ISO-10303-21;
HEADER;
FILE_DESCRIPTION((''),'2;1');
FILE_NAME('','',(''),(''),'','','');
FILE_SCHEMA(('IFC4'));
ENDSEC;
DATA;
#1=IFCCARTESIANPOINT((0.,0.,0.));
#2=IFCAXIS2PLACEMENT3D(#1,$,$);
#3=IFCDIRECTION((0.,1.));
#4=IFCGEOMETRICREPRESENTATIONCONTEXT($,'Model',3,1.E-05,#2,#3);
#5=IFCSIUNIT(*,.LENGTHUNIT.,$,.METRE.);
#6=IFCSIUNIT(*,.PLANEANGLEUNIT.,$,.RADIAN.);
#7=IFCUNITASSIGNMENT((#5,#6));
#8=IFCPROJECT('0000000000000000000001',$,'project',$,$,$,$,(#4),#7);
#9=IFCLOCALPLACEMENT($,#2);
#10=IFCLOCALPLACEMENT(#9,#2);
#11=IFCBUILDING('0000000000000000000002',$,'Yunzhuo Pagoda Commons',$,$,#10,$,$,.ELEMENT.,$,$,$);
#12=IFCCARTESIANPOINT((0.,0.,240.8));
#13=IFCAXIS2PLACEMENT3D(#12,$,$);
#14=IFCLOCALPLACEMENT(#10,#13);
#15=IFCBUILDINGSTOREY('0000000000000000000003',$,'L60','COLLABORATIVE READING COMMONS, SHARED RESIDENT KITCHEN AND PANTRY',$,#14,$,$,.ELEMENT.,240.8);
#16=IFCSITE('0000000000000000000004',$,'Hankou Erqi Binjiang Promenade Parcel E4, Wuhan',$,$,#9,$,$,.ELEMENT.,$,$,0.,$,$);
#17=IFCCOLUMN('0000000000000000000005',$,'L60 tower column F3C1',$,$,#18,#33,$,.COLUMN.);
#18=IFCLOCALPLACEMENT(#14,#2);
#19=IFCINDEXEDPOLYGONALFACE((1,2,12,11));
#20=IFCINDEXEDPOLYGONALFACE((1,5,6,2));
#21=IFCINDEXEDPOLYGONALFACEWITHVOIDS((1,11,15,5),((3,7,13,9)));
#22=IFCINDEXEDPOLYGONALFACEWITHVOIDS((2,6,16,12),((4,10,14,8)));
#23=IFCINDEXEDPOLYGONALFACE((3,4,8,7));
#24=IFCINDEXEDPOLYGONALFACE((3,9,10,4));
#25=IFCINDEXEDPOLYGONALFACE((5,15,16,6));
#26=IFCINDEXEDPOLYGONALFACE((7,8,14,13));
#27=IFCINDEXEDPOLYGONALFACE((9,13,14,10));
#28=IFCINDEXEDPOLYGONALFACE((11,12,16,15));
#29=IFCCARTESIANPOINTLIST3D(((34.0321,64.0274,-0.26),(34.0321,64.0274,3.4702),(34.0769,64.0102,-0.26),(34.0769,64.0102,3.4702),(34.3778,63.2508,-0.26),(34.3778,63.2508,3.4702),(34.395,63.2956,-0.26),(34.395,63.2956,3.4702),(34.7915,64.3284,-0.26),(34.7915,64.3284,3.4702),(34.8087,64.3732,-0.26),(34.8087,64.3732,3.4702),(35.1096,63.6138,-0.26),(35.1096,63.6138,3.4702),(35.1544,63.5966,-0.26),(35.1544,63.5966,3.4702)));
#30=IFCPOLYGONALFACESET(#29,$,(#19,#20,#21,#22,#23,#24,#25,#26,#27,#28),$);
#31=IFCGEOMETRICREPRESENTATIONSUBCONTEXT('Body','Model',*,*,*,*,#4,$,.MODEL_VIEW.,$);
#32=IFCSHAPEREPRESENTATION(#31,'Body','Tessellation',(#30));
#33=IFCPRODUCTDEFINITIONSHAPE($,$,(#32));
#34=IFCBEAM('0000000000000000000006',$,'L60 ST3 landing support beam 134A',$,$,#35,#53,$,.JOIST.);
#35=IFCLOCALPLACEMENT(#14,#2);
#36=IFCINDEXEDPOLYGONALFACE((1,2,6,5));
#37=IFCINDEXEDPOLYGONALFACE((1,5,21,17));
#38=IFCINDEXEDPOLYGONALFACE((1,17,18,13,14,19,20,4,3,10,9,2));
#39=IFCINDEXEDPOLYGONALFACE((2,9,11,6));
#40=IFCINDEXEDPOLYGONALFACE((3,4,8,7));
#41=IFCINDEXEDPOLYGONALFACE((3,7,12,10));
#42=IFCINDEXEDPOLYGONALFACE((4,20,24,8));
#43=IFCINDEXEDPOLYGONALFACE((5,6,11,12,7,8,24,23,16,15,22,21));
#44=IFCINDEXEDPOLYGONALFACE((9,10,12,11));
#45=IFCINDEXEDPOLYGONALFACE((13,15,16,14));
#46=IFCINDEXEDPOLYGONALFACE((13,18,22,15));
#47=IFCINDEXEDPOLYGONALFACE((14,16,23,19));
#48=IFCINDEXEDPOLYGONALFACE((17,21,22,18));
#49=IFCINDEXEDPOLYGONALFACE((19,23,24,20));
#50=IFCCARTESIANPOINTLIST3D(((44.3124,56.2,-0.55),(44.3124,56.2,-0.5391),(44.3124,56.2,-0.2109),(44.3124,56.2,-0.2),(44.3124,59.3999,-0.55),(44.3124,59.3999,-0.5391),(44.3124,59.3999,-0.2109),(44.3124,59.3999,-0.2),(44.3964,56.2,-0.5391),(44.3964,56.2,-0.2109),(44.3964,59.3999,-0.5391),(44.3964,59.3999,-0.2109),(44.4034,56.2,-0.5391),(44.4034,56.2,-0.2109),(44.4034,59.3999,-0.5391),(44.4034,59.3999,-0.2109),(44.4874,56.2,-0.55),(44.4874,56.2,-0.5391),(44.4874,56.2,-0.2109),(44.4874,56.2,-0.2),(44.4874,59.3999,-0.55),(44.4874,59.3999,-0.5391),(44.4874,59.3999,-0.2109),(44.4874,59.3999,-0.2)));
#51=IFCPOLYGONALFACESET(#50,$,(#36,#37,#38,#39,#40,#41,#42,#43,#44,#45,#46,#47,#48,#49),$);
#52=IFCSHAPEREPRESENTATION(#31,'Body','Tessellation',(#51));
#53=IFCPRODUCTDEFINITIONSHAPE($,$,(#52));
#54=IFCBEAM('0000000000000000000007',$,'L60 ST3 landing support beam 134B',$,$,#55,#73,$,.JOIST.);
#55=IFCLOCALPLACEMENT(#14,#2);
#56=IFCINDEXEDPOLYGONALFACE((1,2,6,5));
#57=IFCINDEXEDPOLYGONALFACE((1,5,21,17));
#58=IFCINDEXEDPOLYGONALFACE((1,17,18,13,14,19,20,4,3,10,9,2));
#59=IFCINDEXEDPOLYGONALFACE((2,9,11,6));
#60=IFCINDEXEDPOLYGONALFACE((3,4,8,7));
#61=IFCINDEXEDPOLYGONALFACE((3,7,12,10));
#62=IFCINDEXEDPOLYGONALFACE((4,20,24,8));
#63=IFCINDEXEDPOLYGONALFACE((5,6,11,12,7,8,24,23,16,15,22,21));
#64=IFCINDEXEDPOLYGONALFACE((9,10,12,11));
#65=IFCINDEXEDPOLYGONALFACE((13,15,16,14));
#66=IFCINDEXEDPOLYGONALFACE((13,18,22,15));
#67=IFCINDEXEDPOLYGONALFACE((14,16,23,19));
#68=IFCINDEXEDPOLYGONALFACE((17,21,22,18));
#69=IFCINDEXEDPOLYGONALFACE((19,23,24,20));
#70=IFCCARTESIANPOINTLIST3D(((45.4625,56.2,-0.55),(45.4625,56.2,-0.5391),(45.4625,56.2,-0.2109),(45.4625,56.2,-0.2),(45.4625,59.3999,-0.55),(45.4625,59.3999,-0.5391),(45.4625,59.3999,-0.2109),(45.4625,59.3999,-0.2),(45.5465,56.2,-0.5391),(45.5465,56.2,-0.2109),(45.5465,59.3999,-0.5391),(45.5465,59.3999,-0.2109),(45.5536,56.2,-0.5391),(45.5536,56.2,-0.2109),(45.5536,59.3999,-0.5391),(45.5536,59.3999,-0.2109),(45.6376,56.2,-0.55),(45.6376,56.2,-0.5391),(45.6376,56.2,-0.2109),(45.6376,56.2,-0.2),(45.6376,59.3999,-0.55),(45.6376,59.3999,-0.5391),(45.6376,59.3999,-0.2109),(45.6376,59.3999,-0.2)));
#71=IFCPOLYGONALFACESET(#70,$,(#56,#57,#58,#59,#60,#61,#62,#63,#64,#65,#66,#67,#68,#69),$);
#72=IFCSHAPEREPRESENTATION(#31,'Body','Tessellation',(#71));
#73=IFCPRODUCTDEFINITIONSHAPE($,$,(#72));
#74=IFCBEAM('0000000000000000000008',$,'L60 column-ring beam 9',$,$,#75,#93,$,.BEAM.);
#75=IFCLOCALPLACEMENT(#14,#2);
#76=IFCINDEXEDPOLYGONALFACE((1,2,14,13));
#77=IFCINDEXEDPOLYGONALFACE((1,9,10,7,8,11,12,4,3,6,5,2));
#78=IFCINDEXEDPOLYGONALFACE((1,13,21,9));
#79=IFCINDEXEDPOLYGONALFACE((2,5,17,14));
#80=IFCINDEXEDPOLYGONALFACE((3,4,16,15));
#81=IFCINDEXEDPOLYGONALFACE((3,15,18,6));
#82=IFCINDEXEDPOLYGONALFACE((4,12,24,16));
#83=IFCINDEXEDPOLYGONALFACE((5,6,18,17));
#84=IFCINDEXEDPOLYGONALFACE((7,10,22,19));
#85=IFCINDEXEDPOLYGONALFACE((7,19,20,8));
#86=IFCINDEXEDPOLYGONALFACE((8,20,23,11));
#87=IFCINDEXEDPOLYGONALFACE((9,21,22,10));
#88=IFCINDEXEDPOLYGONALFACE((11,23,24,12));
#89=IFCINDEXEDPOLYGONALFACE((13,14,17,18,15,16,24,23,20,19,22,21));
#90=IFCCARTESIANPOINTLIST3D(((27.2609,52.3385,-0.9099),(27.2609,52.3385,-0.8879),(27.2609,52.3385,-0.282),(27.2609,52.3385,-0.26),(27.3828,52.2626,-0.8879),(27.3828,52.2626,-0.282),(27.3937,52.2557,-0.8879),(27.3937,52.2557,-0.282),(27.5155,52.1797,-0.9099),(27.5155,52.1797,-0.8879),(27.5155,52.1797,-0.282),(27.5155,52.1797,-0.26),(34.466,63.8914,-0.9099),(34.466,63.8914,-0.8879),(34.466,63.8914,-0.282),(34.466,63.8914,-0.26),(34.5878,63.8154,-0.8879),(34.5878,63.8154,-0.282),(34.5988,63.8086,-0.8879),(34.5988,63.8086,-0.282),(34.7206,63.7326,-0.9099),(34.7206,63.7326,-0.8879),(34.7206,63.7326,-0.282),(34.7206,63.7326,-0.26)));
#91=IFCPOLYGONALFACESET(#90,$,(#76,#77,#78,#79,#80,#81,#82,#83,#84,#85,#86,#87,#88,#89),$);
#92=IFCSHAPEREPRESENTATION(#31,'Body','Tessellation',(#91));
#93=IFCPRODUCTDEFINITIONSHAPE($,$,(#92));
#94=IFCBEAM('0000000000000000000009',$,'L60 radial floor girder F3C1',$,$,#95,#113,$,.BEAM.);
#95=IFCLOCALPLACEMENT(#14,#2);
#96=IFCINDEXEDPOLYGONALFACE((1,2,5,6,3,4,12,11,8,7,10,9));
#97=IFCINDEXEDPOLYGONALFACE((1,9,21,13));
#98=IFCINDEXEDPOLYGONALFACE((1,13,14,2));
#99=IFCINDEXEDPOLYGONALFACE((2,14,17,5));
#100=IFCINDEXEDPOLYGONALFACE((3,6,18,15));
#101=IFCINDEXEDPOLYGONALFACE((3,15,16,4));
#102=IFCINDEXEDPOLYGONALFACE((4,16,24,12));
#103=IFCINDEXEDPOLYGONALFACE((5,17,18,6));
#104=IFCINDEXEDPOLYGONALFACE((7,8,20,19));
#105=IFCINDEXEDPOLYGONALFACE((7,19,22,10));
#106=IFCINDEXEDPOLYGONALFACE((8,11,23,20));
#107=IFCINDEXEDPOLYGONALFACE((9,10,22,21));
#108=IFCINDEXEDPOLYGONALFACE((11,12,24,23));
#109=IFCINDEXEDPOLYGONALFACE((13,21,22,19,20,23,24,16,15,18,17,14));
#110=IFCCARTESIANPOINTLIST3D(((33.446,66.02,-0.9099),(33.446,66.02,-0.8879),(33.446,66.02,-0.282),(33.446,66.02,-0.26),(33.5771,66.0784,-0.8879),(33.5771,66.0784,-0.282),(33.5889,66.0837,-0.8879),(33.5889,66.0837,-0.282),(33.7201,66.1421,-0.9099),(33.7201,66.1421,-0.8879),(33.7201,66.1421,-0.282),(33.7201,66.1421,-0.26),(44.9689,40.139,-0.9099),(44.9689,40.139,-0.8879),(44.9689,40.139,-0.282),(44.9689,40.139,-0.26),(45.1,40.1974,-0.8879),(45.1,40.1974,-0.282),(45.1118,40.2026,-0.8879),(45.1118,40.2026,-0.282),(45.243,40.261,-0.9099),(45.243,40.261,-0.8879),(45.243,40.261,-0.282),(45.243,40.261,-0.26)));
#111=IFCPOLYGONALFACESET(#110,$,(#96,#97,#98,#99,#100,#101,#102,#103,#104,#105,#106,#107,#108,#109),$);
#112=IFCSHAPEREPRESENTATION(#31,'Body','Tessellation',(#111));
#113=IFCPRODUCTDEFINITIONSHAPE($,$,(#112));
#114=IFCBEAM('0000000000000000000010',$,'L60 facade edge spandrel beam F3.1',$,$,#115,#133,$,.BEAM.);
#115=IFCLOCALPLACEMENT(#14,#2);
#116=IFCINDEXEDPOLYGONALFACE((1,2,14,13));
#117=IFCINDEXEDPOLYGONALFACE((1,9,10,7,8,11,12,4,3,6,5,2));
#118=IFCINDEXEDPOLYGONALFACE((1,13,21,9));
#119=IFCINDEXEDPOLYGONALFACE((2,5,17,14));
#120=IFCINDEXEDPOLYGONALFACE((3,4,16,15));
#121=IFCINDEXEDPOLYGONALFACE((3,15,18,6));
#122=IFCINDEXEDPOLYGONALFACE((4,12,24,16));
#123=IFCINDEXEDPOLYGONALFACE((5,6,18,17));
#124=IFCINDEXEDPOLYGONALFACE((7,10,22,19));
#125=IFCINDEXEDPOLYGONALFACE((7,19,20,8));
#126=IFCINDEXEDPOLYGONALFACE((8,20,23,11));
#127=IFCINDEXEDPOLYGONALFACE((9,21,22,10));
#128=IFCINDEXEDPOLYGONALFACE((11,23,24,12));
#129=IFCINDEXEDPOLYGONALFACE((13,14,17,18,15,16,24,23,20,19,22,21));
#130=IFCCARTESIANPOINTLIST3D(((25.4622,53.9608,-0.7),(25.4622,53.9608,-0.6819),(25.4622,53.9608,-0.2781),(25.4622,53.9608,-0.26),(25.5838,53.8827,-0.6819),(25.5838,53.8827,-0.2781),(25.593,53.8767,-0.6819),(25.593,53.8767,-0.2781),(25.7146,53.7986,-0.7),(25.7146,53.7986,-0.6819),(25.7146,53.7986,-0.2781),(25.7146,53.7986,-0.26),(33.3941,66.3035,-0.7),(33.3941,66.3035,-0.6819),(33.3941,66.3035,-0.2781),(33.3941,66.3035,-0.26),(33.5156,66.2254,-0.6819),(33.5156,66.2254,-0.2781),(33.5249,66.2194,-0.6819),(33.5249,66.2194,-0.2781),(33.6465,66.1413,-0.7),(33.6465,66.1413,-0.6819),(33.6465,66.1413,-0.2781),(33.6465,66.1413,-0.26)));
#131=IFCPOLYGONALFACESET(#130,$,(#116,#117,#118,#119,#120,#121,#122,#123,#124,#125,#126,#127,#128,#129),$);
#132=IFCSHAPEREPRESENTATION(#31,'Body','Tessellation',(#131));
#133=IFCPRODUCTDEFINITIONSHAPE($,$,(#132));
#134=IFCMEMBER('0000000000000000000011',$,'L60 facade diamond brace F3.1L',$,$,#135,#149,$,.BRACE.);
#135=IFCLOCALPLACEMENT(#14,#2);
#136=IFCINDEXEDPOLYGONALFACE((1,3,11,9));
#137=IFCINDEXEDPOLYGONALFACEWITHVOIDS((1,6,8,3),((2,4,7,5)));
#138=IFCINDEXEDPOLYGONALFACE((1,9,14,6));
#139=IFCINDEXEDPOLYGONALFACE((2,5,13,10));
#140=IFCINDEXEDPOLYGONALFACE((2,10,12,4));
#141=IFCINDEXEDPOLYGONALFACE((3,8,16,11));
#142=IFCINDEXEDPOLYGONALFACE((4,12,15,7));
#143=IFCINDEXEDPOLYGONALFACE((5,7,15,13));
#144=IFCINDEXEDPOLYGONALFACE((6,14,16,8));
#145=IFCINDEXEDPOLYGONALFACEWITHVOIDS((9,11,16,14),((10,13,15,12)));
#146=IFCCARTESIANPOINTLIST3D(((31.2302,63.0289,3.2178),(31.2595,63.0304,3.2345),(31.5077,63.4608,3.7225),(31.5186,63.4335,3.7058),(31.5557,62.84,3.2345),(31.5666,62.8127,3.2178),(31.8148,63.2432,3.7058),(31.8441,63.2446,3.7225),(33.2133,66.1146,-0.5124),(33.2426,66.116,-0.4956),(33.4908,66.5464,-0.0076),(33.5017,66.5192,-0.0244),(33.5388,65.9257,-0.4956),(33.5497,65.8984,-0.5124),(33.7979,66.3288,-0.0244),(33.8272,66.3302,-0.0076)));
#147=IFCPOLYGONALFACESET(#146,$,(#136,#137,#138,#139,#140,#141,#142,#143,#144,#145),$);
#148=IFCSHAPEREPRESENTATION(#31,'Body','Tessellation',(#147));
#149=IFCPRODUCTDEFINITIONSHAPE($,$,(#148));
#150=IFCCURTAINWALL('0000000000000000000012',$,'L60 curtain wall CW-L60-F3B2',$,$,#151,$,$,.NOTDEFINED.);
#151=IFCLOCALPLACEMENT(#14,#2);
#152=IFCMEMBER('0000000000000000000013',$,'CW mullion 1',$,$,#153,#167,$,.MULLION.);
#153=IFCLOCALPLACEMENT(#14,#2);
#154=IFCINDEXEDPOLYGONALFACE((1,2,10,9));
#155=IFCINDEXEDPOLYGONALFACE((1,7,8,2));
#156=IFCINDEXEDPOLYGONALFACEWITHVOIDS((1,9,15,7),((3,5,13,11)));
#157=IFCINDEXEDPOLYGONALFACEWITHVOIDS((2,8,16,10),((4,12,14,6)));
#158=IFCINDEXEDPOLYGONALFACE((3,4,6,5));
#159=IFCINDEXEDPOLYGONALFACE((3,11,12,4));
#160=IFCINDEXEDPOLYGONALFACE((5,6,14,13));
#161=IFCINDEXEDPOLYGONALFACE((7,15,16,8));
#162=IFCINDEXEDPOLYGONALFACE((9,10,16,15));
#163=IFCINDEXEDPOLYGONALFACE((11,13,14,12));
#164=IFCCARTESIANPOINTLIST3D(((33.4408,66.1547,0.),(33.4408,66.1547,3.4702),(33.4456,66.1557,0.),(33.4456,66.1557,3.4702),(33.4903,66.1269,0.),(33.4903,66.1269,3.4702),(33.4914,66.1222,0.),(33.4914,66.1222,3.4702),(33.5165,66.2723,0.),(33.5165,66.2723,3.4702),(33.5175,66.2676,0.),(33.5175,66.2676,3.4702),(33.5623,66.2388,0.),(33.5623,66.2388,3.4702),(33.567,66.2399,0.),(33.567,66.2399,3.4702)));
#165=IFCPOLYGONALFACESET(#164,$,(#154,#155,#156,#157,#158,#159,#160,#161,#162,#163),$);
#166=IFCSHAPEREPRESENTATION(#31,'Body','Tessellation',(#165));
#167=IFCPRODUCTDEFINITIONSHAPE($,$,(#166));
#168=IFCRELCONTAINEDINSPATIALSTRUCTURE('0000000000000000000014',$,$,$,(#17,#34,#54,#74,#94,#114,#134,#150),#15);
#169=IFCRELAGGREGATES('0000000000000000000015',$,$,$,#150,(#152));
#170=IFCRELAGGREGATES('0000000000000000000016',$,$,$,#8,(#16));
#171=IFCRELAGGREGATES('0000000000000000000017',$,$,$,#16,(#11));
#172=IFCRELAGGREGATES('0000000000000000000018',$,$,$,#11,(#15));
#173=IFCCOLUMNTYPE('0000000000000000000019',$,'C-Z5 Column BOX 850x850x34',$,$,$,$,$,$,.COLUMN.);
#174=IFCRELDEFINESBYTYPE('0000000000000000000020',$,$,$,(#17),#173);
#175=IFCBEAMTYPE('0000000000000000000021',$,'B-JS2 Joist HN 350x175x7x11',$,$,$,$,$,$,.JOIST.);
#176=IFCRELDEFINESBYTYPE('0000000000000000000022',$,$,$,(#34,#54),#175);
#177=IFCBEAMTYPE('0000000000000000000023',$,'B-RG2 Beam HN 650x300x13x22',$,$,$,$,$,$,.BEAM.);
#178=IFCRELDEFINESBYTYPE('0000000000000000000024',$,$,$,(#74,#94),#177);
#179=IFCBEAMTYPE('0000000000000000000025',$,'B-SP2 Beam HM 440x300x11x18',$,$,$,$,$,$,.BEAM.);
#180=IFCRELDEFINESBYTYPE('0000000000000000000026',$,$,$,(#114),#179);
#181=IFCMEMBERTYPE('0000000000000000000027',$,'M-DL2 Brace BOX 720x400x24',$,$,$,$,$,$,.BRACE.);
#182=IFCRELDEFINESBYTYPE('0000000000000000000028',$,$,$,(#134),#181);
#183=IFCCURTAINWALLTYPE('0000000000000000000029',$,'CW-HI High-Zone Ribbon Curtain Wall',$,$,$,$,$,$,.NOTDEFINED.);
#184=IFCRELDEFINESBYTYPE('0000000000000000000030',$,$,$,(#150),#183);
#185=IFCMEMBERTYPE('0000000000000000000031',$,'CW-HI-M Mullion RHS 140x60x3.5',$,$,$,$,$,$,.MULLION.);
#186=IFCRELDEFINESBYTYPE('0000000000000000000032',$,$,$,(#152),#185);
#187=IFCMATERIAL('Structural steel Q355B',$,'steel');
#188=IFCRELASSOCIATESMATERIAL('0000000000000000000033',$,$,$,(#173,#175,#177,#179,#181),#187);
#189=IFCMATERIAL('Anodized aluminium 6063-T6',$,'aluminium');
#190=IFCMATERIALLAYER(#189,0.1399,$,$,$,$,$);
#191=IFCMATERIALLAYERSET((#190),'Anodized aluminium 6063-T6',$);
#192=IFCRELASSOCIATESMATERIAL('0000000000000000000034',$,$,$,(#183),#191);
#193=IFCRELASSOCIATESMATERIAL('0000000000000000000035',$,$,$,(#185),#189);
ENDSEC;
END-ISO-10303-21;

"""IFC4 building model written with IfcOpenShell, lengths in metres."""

from ifc_helpers import new_model, si_unit, direction, frame, origin, origin_2d, place, context, subcontext, project, spatial, hollow_rectangle, i_section, extrude, source, transform, mapped, material, layer, layer_set, material_profile, profile_set, type_object, element, aggregate, save


model = new_model("IFC4")

# Units and contexts
model_context = context("Model", 3, precision=1e-05, world=origin(), true_north=direction((0.0, 1.0)))
body_context = subcontext(model_context, "Body", "Model", "MODEL_VIEW")
ifc_project = project(units=[si_unit("LENGTHUNIT", "METRE"), si_unit("PLANEANGLEUNIT", "RADIAN")], contexts=[model_context])

# Site, building, storey
site_placement = place(None, origin())
site = spatial("IfcSite", under=ifc_project, at=site_placement, Name="Hankou Erqi Binjiang Promenade Parcel E4, Wuhan", CompositionType="ELEMENT", RefElevation=0.0)
building_placement = place(site_placement, origin())
building = spatial("IfcBuilding", under=site, at=building_placement, Name="Yunzhuo Pagoda Commons", CompositionType="ELEMENT")
storey_placement = place(building_placement, frame((0.0, 0.0, 240.8)))
storey = spatial("IfcBuildingStorey", under=building, at=storey_placement, Name="L60", Description="COLLABORATIVE READING COMMONS, SHARED RESIDENT KITCHEN AND PANTRY", CompositionType="ELEMENT", Elevation=240.8)

# Column
ifc_material_1 = material(Name="Structural steel Q355B", Category="steel")
ifc_material_profile_1 = material_profile(ifc_material_1, hollow_rectangle(XDim=0.8501, YDim=0.8501, WallThickness=0.0339, at=origin_2d()), Name="Structural steel Q355B")
ifc_profile_set_1 = profile_set([ifc_material_profile_1], Name="Structural steel Q355B")
column_type = type_object("IfcColumnType", Name="C-Z5 Column BOX 850x850x34", PredefinedType="COLUMN", material=ifc_profile_set_1)
shared_shape_1 = source(origin(), body_context, "Body", "SweptSolid", [
    extrude(hollow_rectangle(XDim=0.8501, YDim=0.8501, WallThickness=0.0339, at=origin_2d()), origin(), (0.0, 0.0, 1.0), 3.7302),
])
column_placement = place(storey_placement, frame((34.5933, 63.812, -0.26), z_axis=(0.0, 0.0, 1.0), x_axis=(-0.913545, -0.406737, 0.0)))
element("IfcColumn", 1, at=column_placement, inside=storey, type_object=column_type, Name="L60 tower column F3C1", PredefinedType="COLUMN", context=body_context, shape_type="MappedRepresentation", body=[
    mapped(shared_shape_1, transform((0.0, 0.0, 0.0), scale=1.0)),
])

# Beams
ifc_material_profile_2 = material_profile(ifc_material_1, i_section(OverallWidth=0.175, OverallDepth=0.3501, WebThickness=0.0071, FlangeThickness=0.011, at=origin_2d()), Name="Structural steel Q355B")
ifc_profile_set_2 = profile_set([ifc_material_profile_2], Name="Structural steel Q355B")
beam_type_1 = type_object("IfcBeamType", Name="B-JS2 Joist HN 350x175x7x11", PredefinedType="JOIST", material=ifc_profile_set_2)
shared_shape_2 = source(origin(), body_context, "Body", "SweptSolid", [
    extrude(i_section(OverallWidth=0.175, OverallDepth=0.3501, WebThickness=0.0071, FlangeThickness=0.011, at=origin_2d()), origin(), (0.0, 0.0, 1.0), 3.2),
])
for number, where, z_axis, x_axis, name in (
    (2, (44.3999, 56.2, -0.375), (0.0, 1.0, 0.0), (-1.0, 0.0, 0.0), "L60 ST3 landing support beam 134A"),
    (3, (45.55, 56.2, -0.375), (0.0, 1.0, 0.0), (-1.0, 0.0, 0.0), "L60 ST3 landing support beam 134B"),
):
    element("IfcBeam", number, at=place(storey_placement, frame(where, z_axis=z_axis, x_axis=x_axis)), inside=storey, type_object=beam_type_1, Name=name, PredefinedType="JOIST", context=body_context, shape_type="MappedRepresentation", body=[
        mapped(shared_shape_2, transform((0.0, 0.0, 0.0), scale=1.0)),
    ])
ifc_material_profile_3 = material_profile(ifc_material_1, i_section(OverallWidth=0.3, OverallDepth=0.6499, WebThickness=0.0129, FlangeThickness=0.022, at=origin_2d()), Name="Structural steel Q355B")
ifc_profile_set_3 = profile_set([ifc_material_profile_3], Name="Structural steel Q355B")
beam_type_2 = type_object("IfcBeamType", Name="B-RG2 Beam HN 650x300x13x22", PredefinedType="BEAM", material=ifc_profile_set_3)
shared_shape_3 = source(origin(), body_context, "Body", "SweptSolid", [
    extrude(i_section(OverallWidth=0.3, OverallDepth=0.6499, WebThickness=0.0129, FlangeThickness=0.022, at=origin_2d()), origin(), (0.0, 0.0, 1.0), 13.6155),
])
beam_1_placement = place(storey_placement, frame((34.5933, 63.812, -0.585), z_axis=(-0.529178, -0.848511, 0.0), x_axis=(0.848511, -0.529178, 0.0)))
element("IfcBeam", 4, at=beam_1_placement, inside=storey, type_object=beam_type_2, Name="L60 column-ring beam 9", PredefinedType="BEAM", context=body_context, shape_type="MappedRepresentation", body=[
    mapped(shared_shape_3, transform((0.0, 0.0, 0.0), scale=1.0)),
])
shared_shape_4 = source(origin(), body_context, "Body", "SweptSolid", [
    extrude(i_section(OverallWidth=0.3, OverallDepth=0.6499, WebThickness=0.0129, FlangeThickness=0.022, at=origin_2d()), origin(), (0.0, 0.0, 1.0), 28.3303),
])
beam_2_placement = place(storey_placement, frame((33.583, 66.0811, -0.585), z_axis=(0.406735, -0.913546, 0.0), x_axis=(0.913546, 0.406735, 0.0)))
element("IfcBeam", 5, at=beam_2_placement, inside=storey, type_object=beam_type_2, Name="L60 radial floor girder F3C1", PredefinedType="BEAM", context=body_context, shape_type="MappedRepresentation", body=[
    mapped(shared_shape_4, transform((0.0, 0.0, 0.0), scale=1.0)),
])
ifc_material_profile_4 = material_profile(ifc_material_1, i_section(OverallWidth=0.3, OverallDepth=0.4399, WebThickness=0.011, FlangeThickness=0.0181, at=origin_2d()), Name="Structural steel Q355B")
ifc_profile_set_4 = profile_set([ifc_material_profile_4], Name="Structural steel Q355B")
beam_type_3 = type_object("IfcBeamType", Name="B-SP2 Beam HM 440x300x11x18", PredefinedType="BEAM", material=ifc_profile_set_4)
shared_shape_5 = source(origin(), body_context, "Body", "SweptSolid", [
    extrude(i_section(OverallWidth=0.3, OverallDepth=0.4399, WebThickness=0.011, FlangeThickness=0.0181, at=origin_2d()), origin(), (0.0, 0.0, 1.0), 14.6716),
])
beam_3_placement = place(storey_placement, frame((33.5203, 66.2224, -0.48), z_axis=(-0.540625, -0.841264, 0.0), x_axis=(0.841264, -0.540625, 0.0)))
element("IfcBeam", 6, at=beam_3_placement, inside=storey, type_object=beam_type_3, Name="L60 facade edge spandrel beam F3.1", PredefinedType="BEAM", context=body_context, shape_type="MappedRepresentation", body=[
    mapped(shared_shape_5, transform((0.0, 0.0, 0.0), scale=1.0)),
])

# Member
ifc_material_profile_5 = material_profile(ifc_material_1, hollow_rectangle(XDim=0.3999, YDim=0.72, WallThickness=0.0239, at=origin_2d()), Name="Structural steel Q355B")
ifc_profile_set_5 = profile_set([ifc_material_profile_5], Name="Structural steel Q355B")
member_type_1 = type_object("IfcMemberType", Name="M-DL2 Brace BOX 720x400x24", PredefinedType="BRACE", material=ifc_profile_set_5)
shared_shape_6 = source(origin(), body_context, "Body", "SweptSolid", [
    extrude(hollow_rectangle(XDim=0.3999, YDim=0.72, WallThickness=0.0239, at=origin_2d()), origin(), (0.0, 0.0, 1.0), 5.2314),
])
member_1_placement = place(storey_placement, frame((33.5203, 66.2224, -0.26), z_axis=(-0.379077, -0.589825, 0.713027), x_axis=(0.841241, -0.54066, 0.0)))
element("IfcMember", 7, at=member_1_placement, inside=storey, type_object=member_type_1, Name="L60 facade diamond brace F3.1L", PredefinedType="BRACE", context=body_context, shape_type="MappedRepresentation", body=[
    mapped(shared_shape_6, transform((0.0, 0.0, 0.0), scale=1.0)),
])

# Curtain wall, member
ifc_material_2 = material(Name="Anodized aluminium 6063-T6", Category="aluminium")
ifc_layer_1 = layer(ifc_material_2, 0.1399)
ifc_layer_set_1 = layer_set([ifc_layer_1], Name="Anodized aluminium 6063-T6")
curtain_wall_type = type_object("IfcCurtainWallType", Name="CW-HI High-Zone Ribbon Curtain Wall", PredefinedType="NOTDEFINED", material=ifc_layer_set_1)
curtain_wall_1_placement = place(storey_placement, origin())
curtain_wall_1 = element("IfcCurtainWall", 8, at=curtain_wall_1_placement, inside=storey, type_object=curtain_wall_type, Name="L60 curtain wall CW-L60-F3B2", PredefinedType="NOTDEFINED")
ifc_material_profile_6 = material_profile(ifc_material_2, hollow_rectangle(XDim=0.0601, YDim=0.1399, WallThickness=0.0034, at=origin_2d()), Name="Anodized aluminium 6063-T6")
ifc_profile_set_6 = profile_set([ifc_material_profile_6], Name="Anodized aluminium 6063-T6")
member_type_2 = type_object("IfcMemberType", Name="CW-HI-M Mullion RHS 140x60x3.5", PredefinedType="MULLION", material=ifc_profile_set_6)
shared_shape_7 = source(origin(), body_context, "Body", "SweptSolid", [
    extrude(hollow_rectangle(XDim=0.0601, YDim=0.1399, WallThickness=0.0034, at=origin_2d()), origin(), (0.0, 0.0, 1.0), 3.4702),
])
member_2_placement = place(storey_placement, frame((33.5039, 66.1973, 0.0), z_axis=(0.0, 0.0, 1.0), x_axis=(0.841269, -0.540617, 0.0)))
member_2 = element("IfcMember", 9, at=member_2_placement, type_object=member_type_2, Name="CW mullion 1", PredefinedType="MULLION", context=body_context, shape_type="MappedRepresentation", body=[
    mapped(shared_shape_7, transform((0.0, 0.0, 0.0), scale=1.0)),
])

aggregate(curtain_wall_1, [member_2])

save(model, "model.ifc")
